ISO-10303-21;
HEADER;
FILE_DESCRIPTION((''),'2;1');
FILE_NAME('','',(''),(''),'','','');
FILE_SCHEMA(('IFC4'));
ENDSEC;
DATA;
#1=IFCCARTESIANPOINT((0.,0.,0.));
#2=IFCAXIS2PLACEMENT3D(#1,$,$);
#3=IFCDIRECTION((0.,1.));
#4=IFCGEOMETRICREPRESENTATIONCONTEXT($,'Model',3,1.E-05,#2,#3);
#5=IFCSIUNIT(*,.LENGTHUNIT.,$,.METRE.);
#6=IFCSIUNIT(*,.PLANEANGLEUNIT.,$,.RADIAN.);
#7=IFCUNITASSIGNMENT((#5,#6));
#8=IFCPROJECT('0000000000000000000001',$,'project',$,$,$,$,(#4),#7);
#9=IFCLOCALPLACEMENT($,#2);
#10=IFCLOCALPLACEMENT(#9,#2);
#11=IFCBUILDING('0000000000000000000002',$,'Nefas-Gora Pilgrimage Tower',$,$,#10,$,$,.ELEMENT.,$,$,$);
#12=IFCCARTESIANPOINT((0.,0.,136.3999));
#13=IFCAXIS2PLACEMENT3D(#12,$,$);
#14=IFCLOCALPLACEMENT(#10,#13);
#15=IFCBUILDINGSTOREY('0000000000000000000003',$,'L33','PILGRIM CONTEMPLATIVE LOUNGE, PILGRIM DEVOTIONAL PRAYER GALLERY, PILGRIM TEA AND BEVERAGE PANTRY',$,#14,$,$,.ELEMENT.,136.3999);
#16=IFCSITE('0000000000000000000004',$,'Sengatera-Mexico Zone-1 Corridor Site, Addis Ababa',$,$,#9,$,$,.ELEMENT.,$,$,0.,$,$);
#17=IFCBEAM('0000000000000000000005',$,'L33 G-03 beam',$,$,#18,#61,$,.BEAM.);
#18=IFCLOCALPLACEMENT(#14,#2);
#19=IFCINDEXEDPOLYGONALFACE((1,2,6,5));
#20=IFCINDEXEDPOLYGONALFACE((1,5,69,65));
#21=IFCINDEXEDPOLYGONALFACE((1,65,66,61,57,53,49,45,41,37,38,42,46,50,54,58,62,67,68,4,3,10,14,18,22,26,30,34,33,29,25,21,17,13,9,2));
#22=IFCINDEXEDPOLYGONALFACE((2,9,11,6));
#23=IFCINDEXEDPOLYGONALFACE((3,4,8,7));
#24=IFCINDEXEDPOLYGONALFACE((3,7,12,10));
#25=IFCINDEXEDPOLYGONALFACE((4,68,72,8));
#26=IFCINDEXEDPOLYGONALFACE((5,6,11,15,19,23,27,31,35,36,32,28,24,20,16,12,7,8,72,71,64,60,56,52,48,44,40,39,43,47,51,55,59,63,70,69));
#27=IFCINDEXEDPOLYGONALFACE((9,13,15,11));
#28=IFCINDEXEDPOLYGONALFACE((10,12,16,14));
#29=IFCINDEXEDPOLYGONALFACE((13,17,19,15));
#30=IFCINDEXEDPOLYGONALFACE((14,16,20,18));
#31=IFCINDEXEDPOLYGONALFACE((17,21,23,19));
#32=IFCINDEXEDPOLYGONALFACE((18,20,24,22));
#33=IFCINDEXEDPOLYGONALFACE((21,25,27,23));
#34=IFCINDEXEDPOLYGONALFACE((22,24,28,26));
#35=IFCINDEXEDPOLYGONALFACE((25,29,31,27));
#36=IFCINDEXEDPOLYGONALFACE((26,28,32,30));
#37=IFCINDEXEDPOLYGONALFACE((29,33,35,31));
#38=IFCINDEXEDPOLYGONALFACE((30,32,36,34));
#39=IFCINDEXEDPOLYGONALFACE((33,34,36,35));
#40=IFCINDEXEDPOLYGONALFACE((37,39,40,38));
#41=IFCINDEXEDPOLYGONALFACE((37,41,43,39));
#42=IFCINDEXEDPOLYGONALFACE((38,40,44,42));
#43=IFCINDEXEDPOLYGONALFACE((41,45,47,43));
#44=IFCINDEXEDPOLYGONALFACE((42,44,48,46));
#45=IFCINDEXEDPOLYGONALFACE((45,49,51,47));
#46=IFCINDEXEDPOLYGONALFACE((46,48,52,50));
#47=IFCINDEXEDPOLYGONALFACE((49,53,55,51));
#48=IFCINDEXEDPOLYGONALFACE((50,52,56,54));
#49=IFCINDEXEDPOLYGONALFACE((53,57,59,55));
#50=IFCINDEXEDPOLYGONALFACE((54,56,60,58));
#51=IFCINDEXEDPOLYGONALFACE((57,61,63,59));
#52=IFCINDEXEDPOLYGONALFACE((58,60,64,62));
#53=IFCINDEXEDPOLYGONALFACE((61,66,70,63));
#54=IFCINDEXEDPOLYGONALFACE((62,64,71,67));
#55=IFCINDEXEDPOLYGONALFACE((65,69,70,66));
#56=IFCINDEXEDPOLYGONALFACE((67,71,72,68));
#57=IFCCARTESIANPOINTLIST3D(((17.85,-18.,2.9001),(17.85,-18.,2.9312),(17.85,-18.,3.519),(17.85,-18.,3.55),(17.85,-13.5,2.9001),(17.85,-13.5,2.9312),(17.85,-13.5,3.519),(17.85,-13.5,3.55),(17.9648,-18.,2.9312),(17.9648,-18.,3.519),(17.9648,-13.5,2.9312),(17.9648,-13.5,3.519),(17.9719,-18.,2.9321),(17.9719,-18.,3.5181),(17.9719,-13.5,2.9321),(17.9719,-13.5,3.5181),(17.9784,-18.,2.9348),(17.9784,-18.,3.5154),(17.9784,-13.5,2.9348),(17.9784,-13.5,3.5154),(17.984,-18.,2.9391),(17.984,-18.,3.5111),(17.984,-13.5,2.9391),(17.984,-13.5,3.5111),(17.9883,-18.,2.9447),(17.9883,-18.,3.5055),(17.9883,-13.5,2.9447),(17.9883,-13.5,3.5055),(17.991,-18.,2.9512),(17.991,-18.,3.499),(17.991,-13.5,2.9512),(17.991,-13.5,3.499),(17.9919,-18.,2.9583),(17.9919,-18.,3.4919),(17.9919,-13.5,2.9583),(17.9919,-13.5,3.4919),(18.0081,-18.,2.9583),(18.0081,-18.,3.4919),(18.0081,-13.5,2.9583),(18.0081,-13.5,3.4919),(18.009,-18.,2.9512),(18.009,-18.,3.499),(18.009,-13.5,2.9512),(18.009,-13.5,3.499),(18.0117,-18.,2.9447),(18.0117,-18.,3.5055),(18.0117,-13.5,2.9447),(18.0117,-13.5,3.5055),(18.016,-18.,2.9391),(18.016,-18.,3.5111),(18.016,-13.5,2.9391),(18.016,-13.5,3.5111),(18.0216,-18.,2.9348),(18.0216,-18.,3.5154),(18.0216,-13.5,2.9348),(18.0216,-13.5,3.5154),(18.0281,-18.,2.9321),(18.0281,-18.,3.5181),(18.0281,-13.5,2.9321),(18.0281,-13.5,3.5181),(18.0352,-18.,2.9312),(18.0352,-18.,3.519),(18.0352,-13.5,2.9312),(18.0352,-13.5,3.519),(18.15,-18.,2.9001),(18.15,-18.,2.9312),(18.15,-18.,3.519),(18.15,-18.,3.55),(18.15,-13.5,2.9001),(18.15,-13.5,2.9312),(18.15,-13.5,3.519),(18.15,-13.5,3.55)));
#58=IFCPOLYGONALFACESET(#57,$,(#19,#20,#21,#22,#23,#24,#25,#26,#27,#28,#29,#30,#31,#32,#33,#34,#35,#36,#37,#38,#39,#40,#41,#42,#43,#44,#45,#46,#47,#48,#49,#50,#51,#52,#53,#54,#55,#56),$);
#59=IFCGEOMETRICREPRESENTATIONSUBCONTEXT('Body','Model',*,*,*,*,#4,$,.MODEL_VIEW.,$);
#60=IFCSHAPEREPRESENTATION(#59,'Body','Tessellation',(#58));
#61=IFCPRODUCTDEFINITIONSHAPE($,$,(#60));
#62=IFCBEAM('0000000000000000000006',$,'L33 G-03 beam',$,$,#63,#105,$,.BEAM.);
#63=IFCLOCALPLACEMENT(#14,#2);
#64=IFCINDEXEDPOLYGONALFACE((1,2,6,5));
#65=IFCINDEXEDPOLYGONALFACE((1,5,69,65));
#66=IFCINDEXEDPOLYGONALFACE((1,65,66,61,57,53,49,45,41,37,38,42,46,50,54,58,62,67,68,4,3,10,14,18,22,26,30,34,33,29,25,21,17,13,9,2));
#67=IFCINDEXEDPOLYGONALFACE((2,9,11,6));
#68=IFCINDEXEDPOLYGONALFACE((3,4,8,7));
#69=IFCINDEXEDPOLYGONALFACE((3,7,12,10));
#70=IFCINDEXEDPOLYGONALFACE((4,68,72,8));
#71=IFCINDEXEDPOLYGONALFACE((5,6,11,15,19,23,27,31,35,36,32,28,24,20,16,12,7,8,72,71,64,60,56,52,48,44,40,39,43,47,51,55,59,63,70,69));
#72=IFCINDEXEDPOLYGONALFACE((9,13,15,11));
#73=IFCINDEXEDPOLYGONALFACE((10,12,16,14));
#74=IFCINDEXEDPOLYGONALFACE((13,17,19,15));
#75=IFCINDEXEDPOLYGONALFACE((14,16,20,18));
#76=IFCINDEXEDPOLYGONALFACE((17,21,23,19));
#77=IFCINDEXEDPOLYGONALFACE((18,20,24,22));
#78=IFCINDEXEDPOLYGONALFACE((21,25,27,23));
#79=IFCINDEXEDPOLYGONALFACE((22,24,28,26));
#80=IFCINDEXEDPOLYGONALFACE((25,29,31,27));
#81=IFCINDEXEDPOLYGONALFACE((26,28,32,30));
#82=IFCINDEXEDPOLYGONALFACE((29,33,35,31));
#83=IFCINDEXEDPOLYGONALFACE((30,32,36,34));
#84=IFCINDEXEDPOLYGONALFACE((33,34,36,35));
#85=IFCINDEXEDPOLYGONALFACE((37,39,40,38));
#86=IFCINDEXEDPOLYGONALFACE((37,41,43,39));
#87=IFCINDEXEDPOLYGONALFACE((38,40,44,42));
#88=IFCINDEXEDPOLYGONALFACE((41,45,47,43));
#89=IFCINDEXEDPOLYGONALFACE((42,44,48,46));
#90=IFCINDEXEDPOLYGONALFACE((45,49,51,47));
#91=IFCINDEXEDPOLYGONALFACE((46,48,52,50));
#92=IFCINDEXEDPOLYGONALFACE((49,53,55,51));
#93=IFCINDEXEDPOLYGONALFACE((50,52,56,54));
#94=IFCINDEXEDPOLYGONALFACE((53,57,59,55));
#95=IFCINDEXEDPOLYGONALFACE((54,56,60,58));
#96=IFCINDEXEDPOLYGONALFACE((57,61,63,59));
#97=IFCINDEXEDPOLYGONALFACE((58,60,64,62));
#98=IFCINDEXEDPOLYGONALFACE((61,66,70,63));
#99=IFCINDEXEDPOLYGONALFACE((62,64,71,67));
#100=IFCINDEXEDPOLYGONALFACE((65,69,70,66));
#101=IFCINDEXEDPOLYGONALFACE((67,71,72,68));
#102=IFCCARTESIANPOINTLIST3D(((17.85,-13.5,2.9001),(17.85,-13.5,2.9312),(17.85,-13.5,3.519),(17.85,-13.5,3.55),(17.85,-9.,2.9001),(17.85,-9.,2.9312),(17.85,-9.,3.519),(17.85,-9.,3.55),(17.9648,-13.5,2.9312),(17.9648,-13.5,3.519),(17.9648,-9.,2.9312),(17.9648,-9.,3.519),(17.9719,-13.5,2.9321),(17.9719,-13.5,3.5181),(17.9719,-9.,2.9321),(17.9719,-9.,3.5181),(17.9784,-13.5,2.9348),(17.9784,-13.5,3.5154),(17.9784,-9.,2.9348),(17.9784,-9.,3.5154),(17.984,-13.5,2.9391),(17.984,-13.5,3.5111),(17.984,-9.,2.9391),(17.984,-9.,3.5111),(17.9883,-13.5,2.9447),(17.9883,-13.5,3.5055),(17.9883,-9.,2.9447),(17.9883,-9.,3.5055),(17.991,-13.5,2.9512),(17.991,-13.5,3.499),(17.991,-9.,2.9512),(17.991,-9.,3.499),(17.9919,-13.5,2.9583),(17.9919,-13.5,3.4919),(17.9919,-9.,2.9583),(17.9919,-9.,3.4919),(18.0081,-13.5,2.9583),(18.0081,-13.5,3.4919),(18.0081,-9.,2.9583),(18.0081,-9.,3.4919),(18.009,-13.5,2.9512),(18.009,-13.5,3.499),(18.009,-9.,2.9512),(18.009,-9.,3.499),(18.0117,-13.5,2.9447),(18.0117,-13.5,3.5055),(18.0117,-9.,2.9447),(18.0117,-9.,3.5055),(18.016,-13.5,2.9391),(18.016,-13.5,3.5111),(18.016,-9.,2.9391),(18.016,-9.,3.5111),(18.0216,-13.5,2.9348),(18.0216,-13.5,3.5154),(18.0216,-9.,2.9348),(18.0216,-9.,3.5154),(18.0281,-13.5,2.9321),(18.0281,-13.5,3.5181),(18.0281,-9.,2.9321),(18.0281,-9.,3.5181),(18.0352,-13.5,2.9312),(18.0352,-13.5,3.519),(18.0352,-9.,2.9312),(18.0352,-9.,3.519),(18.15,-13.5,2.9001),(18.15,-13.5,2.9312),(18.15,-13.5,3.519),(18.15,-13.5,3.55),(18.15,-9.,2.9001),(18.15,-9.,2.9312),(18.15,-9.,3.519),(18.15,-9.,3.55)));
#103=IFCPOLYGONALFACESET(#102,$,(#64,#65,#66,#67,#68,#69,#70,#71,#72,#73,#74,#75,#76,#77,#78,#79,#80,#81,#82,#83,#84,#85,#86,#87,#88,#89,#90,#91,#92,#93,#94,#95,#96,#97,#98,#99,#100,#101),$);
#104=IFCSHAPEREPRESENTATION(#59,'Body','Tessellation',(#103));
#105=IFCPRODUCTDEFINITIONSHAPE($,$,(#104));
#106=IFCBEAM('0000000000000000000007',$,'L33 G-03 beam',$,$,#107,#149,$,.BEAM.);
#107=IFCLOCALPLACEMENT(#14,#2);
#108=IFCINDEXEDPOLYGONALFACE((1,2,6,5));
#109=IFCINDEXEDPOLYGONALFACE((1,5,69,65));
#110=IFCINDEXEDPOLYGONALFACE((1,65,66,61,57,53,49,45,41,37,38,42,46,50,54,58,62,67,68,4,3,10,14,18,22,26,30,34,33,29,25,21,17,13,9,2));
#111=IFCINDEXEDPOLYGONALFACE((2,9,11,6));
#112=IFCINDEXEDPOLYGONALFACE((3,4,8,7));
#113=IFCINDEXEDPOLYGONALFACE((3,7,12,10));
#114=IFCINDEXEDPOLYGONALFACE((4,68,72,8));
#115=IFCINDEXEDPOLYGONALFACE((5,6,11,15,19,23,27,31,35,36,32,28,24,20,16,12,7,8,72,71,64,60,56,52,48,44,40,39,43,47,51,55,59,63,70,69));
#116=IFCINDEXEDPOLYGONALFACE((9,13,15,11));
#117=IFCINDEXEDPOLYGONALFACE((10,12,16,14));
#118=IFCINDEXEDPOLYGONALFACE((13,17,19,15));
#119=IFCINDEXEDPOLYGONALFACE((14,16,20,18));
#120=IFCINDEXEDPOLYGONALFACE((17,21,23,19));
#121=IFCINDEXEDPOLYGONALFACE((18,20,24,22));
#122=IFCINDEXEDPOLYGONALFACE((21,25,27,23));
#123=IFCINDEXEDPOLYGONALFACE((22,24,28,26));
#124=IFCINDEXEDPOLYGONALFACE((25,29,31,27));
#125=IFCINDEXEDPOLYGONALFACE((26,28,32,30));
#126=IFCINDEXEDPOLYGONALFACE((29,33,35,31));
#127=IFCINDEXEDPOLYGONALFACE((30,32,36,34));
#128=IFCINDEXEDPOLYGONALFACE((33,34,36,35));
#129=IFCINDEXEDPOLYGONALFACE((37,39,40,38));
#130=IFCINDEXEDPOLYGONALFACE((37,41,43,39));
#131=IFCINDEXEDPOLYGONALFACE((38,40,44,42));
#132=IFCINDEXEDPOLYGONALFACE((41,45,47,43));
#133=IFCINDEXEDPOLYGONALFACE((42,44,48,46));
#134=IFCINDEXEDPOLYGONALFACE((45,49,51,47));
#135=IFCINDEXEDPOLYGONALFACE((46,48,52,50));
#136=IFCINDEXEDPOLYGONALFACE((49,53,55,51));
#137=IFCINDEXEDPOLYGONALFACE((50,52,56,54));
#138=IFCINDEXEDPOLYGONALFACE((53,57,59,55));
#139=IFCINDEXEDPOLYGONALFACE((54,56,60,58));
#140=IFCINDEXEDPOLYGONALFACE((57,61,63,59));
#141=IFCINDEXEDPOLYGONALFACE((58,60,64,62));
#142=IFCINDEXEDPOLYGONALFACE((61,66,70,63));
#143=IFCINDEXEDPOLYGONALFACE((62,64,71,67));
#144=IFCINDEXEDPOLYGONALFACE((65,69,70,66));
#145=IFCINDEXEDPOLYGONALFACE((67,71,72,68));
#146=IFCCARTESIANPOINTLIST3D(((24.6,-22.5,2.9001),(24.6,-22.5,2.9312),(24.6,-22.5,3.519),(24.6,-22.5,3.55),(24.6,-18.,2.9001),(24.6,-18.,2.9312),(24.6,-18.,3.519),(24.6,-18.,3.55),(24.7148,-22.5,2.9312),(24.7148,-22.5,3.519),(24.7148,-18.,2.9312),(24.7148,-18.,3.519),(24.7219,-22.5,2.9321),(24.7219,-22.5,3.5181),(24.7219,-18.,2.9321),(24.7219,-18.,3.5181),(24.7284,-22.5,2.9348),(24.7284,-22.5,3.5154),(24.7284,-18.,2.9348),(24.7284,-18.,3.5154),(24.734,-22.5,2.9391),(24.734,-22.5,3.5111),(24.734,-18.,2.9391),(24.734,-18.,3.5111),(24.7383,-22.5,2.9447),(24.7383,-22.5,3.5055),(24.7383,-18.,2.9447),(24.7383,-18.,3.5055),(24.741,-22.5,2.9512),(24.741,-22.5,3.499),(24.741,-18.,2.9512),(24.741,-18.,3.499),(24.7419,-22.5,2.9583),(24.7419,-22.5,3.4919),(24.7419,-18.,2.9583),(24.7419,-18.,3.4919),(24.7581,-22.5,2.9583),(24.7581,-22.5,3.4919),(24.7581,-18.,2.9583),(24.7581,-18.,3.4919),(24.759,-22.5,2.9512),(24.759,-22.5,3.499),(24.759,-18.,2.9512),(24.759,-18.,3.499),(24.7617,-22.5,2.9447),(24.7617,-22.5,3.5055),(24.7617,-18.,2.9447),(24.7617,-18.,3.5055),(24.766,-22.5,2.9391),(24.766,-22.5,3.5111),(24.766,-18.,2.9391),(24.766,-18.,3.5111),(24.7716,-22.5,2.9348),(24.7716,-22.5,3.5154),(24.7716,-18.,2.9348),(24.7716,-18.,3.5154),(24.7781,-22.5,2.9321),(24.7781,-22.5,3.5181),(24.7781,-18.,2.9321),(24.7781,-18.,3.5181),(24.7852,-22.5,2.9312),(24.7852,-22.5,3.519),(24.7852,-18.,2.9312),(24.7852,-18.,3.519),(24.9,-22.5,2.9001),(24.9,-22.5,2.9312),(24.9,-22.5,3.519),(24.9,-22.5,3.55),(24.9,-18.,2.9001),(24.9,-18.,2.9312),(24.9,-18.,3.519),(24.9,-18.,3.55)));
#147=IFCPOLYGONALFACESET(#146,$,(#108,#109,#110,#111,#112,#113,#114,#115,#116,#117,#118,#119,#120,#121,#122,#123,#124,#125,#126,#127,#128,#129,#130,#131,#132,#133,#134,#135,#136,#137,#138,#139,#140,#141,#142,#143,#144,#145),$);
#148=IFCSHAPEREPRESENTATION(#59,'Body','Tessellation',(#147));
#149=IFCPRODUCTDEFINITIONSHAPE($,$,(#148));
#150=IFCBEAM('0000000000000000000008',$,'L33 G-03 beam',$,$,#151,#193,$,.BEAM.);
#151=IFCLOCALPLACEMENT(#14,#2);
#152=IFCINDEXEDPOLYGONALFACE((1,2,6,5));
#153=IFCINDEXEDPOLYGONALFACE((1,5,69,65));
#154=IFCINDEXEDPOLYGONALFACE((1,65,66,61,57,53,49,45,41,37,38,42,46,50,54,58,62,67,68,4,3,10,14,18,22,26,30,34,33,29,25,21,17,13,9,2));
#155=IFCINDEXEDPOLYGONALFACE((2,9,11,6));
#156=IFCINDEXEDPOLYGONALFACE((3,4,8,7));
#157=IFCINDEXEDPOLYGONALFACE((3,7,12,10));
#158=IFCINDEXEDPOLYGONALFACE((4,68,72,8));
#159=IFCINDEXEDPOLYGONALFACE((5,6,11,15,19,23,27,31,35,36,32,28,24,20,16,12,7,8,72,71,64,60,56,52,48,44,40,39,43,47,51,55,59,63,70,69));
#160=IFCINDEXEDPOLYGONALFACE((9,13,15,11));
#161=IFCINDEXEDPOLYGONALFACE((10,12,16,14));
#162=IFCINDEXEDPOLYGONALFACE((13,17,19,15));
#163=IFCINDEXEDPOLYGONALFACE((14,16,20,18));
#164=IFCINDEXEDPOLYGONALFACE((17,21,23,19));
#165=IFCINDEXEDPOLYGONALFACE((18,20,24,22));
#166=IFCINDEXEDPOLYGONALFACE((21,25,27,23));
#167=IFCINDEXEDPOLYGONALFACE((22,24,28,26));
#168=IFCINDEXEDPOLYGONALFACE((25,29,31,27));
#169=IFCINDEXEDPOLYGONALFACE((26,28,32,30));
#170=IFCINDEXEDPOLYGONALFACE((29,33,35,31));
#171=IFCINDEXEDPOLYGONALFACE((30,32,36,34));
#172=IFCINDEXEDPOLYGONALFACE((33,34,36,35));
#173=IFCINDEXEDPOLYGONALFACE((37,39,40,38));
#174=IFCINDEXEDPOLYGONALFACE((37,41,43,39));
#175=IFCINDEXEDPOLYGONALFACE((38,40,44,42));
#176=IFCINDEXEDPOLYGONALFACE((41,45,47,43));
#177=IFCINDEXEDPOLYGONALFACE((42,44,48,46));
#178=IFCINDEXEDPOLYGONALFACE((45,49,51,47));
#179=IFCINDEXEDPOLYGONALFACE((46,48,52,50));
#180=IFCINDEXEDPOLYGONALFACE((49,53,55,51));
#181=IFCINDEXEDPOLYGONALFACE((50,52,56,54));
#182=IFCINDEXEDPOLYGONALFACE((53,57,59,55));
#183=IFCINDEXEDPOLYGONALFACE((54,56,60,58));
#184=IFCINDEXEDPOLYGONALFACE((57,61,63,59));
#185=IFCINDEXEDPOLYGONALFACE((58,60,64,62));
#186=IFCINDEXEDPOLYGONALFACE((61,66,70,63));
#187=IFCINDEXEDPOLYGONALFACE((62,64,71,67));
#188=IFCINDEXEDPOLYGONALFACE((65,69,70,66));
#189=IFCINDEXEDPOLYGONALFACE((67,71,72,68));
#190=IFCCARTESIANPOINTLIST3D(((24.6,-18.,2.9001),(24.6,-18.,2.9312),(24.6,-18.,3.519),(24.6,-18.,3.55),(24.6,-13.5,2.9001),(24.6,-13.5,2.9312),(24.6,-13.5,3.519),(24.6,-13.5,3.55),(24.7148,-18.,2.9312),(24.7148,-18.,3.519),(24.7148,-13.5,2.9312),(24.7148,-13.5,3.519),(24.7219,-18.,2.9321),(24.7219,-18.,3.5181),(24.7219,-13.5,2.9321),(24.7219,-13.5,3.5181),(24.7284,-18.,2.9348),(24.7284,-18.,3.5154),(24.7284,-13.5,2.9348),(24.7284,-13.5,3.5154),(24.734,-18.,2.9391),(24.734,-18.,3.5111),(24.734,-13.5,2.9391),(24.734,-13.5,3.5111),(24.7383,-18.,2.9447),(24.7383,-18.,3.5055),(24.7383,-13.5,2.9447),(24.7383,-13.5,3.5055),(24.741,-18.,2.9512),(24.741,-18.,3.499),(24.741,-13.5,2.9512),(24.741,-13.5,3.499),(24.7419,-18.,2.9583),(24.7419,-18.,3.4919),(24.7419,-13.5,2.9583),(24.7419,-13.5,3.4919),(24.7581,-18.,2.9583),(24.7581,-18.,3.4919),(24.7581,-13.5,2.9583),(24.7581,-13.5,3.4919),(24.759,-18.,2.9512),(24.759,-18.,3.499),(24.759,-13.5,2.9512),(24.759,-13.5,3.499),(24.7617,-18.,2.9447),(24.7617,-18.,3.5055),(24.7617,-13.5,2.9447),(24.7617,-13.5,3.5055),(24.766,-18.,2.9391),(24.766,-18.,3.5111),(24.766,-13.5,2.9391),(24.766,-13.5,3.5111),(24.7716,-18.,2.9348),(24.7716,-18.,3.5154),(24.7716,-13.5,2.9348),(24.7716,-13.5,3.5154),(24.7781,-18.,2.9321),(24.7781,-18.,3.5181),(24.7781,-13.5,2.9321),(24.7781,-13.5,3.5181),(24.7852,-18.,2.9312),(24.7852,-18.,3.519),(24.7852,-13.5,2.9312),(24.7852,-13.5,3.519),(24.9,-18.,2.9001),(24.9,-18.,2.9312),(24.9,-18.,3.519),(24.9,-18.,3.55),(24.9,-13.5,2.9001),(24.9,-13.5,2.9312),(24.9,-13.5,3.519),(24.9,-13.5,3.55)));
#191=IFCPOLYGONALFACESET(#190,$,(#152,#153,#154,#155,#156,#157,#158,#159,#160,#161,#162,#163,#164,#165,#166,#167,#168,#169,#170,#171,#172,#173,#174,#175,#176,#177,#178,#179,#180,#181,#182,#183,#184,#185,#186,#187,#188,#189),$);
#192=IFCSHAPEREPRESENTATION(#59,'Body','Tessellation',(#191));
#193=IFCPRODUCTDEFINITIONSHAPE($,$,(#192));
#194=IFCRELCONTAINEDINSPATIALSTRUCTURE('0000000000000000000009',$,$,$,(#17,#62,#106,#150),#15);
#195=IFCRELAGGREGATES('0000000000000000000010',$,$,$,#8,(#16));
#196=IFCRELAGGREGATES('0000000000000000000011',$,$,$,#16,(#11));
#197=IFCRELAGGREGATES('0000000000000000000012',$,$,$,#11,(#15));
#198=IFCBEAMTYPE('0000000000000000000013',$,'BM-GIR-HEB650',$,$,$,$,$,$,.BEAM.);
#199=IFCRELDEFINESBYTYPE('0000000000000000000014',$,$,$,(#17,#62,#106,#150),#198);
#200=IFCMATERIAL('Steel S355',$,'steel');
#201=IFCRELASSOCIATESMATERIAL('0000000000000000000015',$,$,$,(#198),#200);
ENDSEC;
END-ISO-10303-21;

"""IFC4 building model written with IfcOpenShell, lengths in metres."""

from ifc_helpers import new_model, si_unit, direction, frame, origin, origin_2d, place, context, subcontext, project, spatial, i_section, extrude, source, transform, mapped, material, material_profile, profile_set, type_object, element, save


model = new_model("IFC4")

# Units and contexts
model_context = context("Model", 3, precision=1e-05, world=origin(), true_north=direction((0.0, 1.0)))
body_context = subcontext(model_context, "Body", "Model", "MODEL_VIEW")
ifc_project = project(units=[si_unit("LENGTHUNIT", "METRE"), si_unit("PLANEANGLEUNIT", "RADIAN")], contexts=[model_context])

# Site, building, storey
site_placement = place(None, origin())
site = spatial("IfcSite", under=ifc_project, at=site_placement, Name="Sengatera-Mexico Zone-1 Corridor Site, Addis Ababa", CompositionType="ELEMENT", RefElevation=0.0)
building_placement = place(site_placement, origin())
building = spatial("IfcBuilding", under=site, at=building_placement, Name="Nefas-Gora Pilgrimage Tower", CompositionType="ELEMENT")
storey_placement = place(building_placement, frame((0.0, 0.0, 136.3999)))
storey = spatial("IfcBuildingStorey", under=building, at=storey_placement, Name="L33", Description="PILGRIM CONTEMPLATIVE LOUNGE, PILGRIM DEVOTIONAL PRAYER GALLERY, PILGRIM TEA AND BEVERAGE PANTRY", CompositionType="ELEMENT", Elevation=136.3999)

# Beams
ifc_material_1 = material(Name="Steel S355", Category="steel")
ifc_material_profile_1 = material_profile(ifc_material_1, i_section(OverallWidth=0.3, OverallDepth=0.6499, WebThickness=0.0161, FlangeThickness=0.031, FilletRadius=0.0271, at=origin_2d()), Name="HEB 650")
ifc_profile_set_1 = profile_set([ifc_material_profile_1], Name="Steel S355")
beam_type_1 = type_object("IfcBeamType", Name="BM-GIR-HEB650", PredefinedType="BEAM", material=ifc_profile_set_1)
shared_shape_1 = source(origin(), body_context, "Body", "SweptSolid", [
    extrude(i_section(OverallWidth=0.3, OverallDepth=0.6499, WebThickness=0.0161, FlangeThickness=0.031, FilletRadius=0.0271, at=origin_2d()), origin(), (0.0, 0.0, 1.0), 4.5),
])
for number, where, z_axis, x_axis, name in (
    (1, (18.0, -18.0, 3.2251), (0.0, 1.0, 0.0), (-1.0, 0.0, 0.0), "L33 G-03 beam"),
    (2, (18.0, -13.5, 3.2251), (0.0, 1.0, 0.0), (-1.0, 0.0, 0.0), "L33 G-03 beam"),
    (3, (24.75, -22.5, 3.2251), (0.0, 1.0, 0.0), (-1.0, 0.0, 0.0), "L33 G-03 beam"),
    (4, (24.75, -18.0, 3.2251), (0.0, 1.0, 0.0), (-1.0, 0.0, 0.0), "L33 G-03 beam"),
):
    element("IfcBeam", number, at=place(storey_placement, frame(where, z_axis=z_axis, x_axis=x_axis)), inside=storey, type_object=beam_type_1, Name=name, PredefinedType="BEAM", context=body_context, shape_type="MappedRepresentation", body=[
        mapped(shared_shape_1, transform((0.0, 0.0, 0.0), x_axis=(1.0, 0.0, 0.0), y_axis=(0.0, 1.0, 0.0), z_axis=(0.0, 0.0, 1.0), scale=1.0)),
    ])

save(model, "model.ifc")
